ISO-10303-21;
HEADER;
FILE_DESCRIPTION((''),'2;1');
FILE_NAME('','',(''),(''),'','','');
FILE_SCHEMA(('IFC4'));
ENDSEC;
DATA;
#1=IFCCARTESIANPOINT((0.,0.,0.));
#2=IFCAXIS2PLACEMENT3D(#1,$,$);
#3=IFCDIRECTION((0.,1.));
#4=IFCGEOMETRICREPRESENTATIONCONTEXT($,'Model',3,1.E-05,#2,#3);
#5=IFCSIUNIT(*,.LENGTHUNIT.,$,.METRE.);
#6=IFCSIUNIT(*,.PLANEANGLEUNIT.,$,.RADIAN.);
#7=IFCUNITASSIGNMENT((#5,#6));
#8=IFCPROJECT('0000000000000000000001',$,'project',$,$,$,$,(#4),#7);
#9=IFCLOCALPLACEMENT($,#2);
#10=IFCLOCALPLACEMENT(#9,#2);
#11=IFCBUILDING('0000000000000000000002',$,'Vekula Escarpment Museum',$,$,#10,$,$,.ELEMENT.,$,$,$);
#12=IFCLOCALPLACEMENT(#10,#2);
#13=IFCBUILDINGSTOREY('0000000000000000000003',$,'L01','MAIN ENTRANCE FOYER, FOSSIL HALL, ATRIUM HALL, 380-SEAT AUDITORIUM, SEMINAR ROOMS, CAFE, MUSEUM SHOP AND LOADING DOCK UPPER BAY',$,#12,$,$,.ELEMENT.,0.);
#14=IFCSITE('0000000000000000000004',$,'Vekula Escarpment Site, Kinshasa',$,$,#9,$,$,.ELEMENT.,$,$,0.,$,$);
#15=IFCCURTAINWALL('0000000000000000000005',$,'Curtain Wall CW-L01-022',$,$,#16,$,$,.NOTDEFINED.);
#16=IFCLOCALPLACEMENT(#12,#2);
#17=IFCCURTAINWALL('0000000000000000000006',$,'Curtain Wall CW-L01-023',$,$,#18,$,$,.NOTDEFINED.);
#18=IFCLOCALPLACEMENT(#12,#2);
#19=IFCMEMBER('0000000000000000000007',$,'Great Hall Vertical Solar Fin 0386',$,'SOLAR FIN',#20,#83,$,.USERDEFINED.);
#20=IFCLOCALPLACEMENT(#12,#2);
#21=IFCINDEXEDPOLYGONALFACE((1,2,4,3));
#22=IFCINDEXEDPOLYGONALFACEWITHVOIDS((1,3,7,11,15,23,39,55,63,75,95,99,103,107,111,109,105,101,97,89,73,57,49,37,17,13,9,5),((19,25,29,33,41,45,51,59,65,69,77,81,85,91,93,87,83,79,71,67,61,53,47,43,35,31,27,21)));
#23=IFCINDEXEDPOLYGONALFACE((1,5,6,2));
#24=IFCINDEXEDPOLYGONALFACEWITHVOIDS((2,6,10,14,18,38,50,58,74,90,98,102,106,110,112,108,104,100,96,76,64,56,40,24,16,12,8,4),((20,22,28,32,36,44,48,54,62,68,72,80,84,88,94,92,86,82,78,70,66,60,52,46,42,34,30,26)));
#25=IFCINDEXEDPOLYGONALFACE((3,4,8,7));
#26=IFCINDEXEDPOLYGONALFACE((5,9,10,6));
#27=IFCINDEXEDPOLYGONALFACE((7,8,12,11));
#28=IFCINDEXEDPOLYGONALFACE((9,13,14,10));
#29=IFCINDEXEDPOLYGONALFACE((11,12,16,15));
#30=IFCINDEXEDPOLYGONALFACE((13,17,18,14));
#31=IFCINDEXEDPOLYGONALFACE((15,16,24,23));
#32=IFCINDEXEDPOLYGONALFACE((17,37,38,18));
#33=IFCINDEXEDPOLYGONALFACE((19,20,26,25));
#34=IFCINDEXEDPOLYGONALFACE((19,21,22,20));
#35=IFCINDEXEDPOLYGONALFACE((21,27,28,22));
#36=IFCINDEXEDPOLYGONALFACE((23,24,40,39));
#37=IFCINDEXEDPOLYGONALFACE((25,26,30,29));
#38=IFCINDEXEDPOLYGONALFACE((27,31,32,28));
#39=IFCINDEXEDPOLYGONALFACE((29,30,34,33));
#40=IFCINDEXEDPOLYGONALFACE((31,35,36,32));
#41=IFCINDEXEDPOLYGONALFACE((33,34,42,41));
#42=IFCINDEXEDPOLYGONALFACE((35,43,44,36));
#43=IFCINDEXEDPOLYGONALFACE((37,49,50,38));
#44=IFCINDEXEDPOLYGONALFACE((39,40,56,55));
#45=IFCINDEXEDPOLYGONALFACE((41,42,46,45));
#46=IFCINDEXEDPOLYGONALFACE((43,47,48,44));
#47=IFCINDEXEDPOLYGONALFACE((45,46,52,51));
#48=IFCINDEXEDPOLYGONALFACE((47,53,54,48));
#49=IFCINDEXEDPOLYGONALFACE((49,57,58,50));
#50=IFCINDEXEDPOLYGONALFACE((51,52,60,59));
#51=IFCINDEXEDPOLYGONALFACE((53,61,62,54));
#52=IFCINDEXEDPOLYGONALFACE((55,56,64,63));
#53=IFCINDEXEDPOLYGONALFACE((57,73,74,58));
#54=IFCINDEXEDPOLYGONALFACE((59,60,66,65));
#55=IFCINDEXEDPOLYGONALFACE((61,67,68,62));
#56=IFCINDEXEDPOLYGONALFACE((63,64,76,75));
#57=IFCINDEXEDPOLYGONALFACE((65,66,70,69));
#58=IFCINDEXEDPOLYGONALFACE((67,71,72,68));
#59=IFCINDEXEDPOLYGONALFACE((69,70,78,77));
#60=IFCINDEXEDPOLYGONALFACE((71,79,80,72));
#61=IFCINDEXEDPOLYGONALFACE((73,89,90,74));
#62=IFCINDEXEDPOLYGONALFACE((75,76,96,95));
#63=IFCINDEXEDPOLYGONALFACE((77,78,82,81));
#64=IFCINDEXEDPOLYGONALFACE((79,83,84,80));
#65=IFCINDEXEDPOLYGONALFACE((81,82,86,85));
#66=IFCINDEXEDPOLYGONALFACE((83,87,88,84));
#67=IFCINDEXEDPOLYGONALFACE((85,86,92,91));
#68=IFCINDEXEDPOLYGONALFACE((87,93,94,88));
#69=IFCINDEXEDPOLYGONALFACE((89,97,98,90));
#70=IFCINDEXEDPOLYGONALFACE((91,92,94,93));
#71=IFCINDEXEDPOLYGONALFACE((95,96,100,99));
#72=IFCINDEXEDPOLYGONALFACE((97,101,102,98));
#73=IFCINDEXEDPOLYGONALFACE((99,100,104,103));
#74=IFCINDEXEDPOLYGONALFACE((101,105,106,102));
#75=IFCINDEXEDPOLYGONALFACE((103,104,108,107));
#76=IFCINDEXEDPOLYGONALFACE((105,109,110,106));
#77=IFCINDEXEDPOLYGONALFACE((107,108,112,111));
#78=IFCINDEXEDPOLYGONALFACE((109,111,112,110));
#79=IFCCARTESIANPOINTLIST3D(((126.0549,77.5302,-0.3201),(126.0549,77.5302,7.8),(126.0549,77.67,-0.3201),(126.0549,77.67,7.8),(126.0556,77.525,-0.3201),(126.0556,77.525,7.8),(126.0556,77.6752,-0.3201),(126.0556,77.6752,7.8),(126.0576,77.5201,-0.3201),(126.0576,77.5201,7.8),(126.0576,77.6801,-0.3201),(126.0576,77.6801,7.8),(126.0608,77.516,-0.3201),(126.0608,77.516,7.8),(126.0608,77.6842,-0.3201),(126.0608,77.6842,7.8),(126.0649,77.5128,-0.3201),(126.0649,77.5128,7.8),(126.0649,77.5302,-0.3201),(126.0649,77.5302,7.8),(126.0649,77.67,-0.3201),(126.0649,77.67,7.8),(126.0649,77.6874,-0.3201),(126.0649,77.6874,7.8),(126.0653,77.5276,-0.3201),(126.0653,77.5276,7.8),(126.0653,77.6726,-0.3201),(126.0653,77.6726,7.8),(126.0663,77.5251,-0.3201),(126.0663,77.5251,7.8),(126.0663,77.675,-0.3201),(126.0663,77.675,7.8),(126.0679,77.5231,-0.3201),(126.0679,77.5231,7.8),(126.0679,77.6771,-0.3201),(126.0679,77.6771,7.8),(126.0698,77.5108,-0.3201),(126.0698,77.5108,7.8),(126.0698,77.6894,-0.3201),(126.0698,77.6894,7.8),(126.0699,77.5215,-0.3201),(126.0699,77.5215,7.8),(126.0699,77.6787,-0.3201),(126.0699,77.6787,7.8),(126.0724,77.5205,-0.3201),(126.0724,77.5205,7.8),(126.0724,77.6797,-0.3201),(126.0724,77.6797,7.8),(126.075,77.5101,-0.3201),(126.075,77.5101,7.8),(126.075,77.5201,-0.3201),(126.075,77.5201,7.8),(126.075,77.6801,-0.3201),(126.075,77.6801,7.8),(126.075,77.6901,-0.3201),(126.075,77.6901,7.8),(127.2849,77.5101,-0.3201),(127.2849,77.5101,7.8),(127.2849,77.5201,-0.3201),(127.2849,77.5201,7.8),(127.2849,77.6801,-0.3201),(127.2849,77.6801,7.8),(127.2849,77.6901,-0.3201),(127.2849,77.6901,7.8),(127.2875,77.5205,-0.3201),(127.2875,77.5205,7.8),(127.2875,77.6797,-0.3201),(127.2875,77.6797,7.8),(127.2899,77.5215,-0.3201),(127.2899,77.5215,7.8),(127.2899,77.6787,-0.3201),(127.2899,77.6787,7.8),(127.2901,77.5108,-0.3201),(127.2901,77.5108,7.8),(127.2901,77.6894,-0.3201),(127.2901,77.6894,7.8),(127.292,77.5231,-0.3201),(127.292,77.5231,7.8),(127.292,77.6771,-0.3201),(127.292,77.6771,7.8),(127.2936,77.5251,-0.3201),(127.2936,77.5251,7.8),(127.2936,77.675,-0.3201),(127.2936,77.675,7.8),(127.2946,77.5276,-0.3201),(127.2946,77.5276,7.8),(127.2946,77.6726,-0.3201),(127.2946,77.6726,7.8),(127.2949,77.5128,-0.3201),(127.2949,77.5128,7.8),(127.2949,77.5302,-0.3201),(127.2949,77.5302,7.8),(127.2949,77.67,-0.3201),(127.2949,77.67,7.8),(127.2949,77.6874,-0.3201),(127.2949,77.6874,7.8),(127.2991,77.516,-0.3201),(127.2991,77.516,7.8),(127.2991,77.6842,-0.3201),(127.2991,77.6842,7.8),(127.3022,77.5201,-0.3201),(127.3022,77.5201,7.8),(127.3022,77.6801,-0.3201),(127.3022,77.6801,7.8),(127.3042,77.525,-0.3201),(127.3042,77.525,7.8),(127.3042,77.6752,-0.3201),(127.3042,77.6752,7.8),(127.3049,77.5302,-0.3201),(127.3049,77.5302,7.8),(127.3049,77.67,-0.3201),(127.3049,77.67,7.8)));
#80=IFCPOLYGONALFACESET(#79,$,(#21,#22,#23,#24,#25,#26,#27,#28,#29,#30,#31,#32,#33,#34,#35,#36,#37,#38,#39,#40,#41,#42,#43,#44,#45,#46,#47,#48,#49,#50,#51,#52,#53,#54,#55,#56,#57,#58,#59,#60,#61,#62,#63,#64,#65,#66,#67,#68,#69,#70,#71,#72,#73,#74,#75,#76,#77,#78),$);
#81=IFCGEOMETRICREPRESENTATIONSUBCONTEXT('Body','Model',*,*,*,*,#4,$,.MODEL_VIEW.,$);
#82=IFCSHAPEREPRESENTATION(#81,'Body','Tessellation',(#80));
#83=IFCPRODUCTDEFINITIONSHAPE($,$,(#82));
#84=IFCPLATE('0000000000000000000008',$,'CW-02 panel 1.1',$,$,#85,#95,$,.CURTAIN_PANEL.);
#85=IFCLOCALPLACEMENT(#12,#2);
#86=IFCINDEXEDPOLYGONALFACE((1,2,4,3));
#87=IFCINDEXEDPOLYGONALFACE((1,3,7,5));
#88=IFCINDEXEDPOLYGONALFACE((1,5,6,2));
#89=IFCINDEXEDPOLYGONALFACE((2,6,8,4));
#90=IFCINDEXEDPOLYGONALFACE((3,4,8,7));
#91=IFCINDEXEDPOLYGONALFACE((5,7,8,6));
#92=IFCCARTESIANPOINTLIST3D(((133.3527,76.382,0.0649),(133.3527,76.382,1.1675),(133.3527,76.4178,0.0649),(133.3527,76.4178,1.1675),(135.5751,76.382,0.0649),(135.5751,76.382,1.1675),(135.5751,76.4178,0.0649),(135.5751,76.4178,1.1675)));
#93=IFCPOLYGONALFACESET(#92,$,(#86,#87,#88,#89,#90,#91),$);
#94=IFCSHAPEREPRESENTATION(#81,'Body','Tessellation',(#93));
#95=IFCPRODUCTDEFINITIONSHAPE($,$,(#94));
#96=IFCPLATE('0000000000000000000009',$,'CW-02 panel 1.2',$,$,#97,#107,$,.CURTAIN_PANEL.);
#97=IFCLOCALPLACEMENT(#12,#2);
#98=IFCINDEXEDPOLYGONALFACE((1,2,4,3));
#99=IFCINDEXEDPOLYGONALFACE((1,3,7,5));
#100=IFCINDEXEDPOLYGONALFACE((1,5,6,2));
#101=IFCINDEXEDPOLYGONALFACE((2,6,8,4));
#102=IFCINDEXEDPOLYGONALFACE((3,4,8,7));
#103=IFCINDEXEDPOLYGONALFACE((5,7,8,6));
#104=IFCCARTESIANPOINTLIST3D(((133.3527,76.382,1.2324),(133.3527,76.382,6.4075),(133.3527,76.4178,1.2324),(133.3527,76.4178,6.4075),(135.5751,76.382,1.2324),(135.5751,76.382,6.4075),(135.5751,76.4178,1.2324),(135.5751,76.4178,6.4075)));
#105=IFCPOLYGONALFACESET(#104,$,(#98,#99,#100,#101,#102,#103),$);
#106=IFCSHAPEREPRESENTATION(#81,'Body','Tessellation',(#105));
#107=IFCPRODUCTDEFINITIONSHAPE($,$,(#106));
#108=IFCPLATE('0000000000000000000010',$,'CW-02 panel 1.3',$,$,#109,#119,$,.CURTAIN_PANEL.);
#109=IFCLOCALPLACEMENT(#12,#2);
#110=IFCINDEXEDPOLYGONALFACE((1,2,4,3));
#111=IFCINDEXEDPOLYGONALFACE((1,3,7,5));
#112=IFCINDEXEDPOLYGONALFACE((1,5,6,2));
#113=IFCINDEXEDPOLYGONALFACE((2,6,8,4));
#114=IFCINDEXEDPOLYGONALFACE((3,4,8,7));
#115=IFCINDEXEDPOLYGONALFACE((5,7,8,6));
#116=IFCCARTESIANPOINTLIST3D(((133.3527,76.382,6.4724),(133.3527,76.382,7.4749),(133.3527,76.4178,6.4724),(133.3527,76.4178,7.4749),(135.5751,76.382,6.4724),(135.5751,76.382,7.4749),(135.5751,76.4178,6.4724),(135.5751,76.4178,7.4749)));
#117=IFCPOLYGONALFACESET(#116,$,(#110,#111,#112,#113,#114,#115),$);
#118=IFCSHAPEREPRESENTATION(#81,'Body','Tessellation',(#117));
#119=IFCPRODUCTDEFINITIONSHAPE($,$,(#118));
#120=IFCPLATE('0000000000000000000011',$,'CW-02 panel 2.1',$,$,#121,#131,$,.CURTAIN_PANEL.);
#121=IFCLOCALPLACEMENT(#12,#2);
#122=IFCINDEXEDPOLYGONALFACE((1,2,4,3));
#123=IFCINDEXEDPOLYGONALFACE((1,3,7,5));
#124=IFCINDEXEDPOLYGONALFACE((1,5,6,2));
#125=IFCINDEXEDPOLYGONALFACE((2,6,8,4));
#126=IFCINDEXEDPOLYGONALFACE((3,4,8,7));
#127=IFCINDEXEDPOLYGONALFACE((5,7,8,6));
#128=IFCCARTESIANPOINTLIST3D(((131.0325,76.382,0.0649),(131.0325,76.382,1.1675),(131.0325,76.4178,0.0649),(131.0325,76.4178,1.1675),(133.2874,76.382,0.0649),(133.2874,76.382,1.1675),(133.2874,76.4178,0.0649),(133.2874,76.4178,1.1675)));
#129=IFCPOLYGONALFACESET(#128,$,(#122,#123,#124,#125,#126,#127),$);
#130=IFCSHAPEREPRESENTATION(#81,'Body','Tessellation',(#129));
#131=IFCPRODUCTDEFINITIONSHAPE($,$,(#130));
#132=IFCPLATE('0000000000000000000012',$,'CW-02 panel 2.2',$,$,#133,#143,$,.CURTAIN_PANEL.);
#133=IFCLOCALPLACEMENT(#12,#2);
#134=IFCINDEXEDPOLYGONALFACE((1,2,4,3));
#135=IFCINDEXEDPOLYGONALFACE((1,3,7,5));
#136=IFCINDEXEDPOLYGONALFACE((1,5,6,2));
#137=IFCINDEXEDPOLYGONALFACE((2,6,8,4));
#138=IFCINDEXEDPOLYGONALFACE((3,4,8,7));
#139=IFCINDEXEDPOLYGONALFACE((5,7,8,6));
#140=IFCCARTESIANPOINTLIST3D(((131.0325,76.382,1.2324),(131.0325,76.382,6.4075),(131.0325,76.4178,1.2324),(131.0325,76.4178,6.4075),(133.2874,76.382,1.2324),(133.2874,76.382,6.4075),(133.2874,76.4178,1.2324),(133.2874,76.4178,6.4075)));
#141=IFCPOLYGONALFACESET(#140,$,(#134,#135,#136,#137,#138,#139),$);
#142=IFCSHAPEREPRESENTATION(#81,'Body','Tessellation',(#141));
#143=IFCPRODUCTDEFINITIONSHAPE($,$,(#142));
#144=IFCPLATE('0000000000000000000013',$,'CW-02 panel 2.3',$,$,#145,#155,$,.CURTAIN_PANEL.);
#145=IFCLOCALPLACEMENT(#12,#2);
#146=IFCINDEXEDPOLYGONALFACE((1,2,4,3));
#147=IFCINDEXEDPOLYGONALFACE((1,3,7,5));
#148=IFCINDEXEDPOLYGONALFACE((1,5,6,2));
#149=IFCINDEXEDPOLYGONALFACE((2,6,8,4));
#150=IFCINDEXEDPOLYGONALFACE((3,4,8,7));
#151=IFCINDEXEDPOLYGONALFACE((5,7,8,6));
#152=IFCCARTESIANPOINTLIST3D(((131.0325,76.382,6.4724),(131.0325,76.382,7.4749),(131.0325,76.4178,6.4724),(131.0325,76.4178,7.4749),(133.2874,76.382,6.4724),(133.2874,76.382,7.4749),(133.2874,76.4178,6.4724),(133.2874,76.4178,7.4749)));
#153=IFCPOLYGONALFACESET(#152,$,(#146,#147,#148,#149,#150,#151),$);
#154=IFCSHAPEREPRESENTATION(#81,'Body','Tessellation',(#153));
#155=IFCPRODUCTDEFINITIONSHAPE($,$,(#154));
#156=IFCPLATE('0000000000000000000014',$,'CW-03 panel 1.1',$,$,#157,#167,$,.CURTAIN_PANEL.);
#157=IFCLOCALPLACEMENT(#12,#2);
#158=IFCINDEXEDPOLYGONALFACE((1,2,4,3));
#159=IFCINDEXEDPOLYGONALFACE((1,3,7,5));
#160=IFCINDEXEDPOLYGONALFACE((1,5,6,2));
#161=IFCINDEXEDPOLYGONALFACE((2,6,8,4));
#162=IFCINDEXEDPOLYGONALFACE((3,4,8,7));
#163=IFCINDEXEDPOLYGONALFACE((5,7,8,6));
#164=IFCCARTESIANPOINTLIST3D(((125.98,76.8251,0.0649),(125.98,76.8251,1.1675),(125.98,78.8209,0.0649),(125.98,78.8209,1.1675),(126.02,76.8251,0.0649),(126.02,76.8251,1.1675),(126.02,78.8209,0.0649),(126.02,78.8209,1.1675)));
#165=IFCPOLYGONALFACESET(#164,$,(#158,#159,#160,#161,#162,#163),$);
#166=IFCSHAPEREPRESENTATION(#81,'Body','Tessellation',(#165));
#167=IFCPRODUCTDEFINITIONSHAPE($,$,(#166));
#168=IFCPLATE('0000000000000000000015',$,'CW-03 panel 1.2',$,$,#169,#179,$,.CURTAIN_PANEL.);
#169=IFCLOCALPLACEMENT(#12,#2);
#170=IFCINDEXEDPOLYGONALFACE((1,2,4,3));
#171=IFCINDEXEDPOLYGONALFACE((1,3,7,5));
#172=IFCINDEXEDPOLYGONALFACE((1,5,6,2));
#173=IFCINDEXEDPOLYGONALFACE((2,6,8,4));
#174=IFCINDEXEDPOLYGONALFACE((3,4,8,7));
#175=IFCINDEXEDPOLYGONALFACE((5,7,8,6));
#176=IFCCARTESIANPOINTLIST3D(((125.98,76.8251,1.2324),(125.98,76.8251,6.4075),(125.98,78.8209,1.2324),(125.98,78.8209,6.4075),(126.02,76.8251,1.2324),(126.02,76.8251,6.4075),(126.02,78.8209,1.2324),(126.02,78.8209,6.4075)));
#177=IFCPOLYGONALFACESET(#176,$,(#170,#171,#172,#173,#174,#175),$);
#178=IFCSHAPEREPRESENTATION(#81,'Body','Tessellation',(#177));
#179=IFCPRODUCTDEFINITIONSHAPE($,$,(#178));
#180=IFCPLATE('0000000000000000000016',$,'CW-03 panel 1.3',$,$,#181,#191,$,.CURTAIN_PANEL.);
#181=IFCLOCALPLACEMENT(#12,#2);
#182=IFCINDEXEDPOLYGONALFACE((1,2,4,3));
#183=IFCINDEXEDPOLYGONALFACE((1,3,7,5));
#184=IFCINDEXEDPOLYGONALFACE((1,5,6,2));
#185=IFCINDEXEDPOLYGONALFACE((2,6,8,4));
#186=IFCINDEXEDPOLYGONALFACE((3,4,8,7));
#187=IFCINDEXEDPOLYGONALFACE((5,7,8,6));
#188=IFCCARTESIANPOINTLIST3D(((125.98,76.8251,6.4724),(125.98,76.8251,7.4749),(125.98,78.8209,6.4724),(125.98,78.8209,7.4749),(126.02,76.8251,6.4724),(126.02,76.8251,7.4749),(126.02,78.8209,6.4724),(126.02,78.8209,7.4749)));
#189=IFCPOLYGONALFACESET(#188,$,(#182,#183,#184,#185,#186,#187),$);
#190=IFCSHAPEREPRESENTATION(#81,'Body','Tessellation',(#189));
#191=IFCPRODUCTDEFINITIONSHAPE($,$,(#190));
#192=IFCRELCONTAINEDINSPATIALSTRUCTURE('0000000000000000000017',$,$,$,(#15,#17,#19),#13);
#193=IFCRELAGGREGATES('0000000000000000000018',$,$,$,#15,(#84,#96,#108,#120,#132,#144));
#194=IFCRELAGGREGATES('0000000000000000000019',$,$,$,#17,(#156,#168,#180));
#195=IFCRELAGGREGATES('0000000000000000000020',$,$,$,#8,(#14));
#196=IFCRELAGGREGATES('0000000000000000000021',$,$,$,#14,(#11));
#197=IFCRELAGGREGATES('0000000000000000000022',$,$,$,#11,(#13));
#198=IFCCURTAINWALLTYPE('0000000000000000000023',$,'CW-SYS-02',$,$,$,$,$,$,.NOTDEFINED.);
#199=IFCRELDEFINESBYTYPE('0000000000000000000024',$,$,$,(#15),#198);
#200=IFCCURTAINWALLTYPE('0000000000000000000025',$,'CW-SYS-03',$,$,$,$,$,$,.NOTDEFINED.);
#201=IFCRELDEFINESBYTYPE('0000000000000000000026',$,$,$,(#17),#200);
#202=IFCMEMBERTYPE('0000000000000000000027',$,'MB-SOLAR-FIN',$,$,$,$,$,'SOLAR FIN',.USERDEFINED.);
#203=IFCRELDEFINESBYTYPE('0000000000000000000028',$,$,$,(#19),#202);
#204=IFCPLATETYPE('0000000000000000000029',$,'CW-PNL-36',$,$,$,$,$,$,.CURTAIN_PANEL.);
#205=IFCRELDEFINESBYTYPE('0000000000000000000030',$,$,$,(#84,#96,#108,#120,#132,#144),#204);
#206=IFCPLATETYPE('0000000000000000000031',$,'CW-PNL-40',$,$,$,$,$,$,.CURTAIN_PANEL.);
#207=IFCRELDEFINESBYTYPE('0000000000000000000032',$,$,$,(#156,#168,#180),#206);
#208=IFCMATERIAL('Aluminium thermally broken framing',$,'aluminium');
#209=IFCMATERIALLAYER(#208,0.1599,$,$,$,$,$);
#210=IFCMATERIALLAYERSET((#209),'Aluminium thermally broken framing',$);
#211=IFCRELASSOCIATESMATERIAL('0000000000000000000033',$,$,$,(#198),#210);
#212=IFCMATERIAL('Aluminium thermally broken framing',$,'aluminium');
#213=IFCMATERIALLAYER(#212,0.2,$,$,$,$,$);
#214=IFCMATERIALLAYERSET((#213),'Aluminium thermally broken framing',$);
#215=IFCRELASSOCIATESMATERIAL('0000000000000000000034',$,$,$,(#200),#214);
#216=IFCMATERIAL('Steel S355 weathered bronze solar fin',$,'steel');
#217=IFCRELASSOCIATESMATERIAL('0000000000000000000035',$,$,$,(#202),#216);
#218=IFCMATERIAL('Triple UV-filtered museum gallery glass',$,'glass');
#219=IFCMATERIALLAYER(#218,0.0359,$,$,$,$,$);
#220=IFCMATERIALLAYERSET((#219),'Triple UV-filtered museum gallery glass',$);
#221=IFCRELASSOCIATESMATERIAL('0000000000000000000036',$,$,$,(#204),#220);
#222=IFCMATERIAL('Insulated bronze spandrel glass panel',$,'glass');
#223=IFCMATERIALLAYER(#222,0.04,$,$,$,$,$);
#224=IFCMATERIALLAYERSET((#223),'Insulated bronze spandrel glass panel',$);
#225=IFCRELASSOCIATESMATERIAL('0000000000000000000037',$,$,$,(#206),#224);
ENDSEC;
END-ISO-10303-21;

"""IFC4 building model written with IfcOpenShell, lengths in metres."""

from ifc_helpers import new_model, si_unit, direction, frame, origin, origin_2d, place, context, subcontext, project, spatial, rectangle, hollow_rectangle, extrude, material, layer, layer_set, material_profile, profile_set, type_object, element, aggregate, save


model = new_model("IFC4")

# Units and contexts
model_context = context("Model", 3, precision=1e-05, world=origin(), true_north=direction((0.0, 1.0)))
body_context = subcontext(model_context, "Body", "Model", "MODEL_VIEW")
ifc_project = project(units=[si_unit("LENGTHUNIT", "METRE"), si_unit("PLANEANGLEUNIT", "RADIAN")], contexts=[model_context])

# Site, building, storey
site_placement = place(None, origin())
site = spatial("IfcSite", under=ifc_project, at=site_placement, Name="Vekula Escarpment Site, Kinshasa", CompositionType="ELEMENT", RefElevation=0.0)
building_placement = place(site_placement, origin())
building = spatial("IfcBuilding", under=site, at=building_placement, Name="Vekula Escarpment Museum", CompositionType="ELEMENT")
storey_placement = place(building_placement, origin())
storey = spatial("IfcBuildingStorey", under=building, at=storey_placement, Name="L01", Description="MAIN ENTRANCE FOYER, FOSSIL HALL, ATRIUM HALL, 380-SEAT AUDITORIUM, SEMINAR ROOMS, CAFE, MUSEUM SHOP AND LOADING DOCK UPPER BAY", CompositionType="ELEMENT", Elevation=0.0)

# Curtain walls
ifc_material_1 = material(Name="Aluminium thermally broken framing", Category="aluminium")
ifc_layer_1 = layer(ifc_material_1, 0.1599)
ifc_layer_set_1 = layer_set([ifc_layer_1], Name="Aluminium thermally broken framing")
curtain_wall_type_1 = type_object("IfcCurtainWallType", Name="CW-SYS-02", PredefinedType="NOTDEFINED", material=ifc_layer_set_1)
curtain_wall_1_placement = place(storey_placement, origin())
curtain_wall_1 = element("IfcCurtainWall", 1, at=curtain_wall_1_placement, inside=storey, type_object=curtain_wall_type_1, Name="Curtain Wall CW-L01-022", PredefinedType="NOTDEFINED")
ifc_material_2 = material(Name="Aluminium thermally broken framing", Category="aluminium")
ifc_layer_2 = layer(ifc_material_2, 0.2)
ifc_layer_set_2 = layer_set([ifc_layer_2], Name="Aluminium thermally broken framing")
curtain_wall_type_2 = type_object("IfcCurtainWallType", Name="CW-SYS-03", PredefinedType="NOTDEFINED", material=ifc_layer_set_2)
curtain_wall_2_placement = place(storey_placement, origin())
curtain_wall_2 = element("IfcCurtainWall", 2, at=curtain_wall_2_placement, inside=storey, type_object=curtain_wall_type_2, Name="Curtain Wall CW-L01-023", PredefinedType="NOTDEFINED")

# Member
ifc_material_3 = material(Name="Steel S355 weathered bronze solar fin", Category="steel")
ifc_material_profile_1 = material_profile(ifc_material_3, hollow_rectangle(XDim=0.1799, YDim=1.25, WallThickness=0.01, InnerFilletRadius=0.01, OuterFilletRadius=0.02, at=origin_2d()), Name="RHS 1250x180x10")
ifc_profile_set_1 = profile_set([ifc_material_profile_1], Name="Steel S355 weathered bronze solar fin")
member_type_1 = type_object("IfcMemberType", Name="MB-SOLAR-FIN", ElementType="SOLAR FIN", PredefinedType="USERDEFINED", material=ifc_profile_set_1)
member_1_placement = place(storey_placement, frame((126.6799, 77.6001, -0.3201), z_axis=(0.0, 0.0, 1.0), x_axis=(0.0, 1.0, 0.0)))
element("IfcMember", 3, at=member_1_placement, inside=storey, type_object=member_type_1, Name="Great Hall Vertical Solar Fin 0386", ObjectType="SOLAR FIN", PredefinedType="USERDEFINED", context=body_context, shape_type="SweptSolid", body=[
    extrude(hollow_rectangle(XDim=0.1799, YDim=1.25, WallThickness=0.01, InnerFilletRadius=0.01, OuterFilletRadius=0.02, at=origin_2d()), origin(), (0.0, 0.0, 1.0), 8.1201),
])

# Plates
ifc_material_4 = material(Name="Triple UV-filtered museum gallery glass", Category="glass")
ifc_layer_3 = layer(ifc_material_4, 0.0359)
ifc_layer_set_3 = layer_set([ifc_layer_3], Name="Triple UV-filtered museum gallery glass")
plate_type_1 = type_object("IfcPlateType", Name="CW-PNL-36", PredefinedType="CURTAIN_PANEL", material=ifc_layer_set_3)
plate_1_placement = place(storey_placement, frame((134.4639, 76.3999, 0.0649), z_axis=(0.0, 0.0, 1.0), x_axis=(-1.0, 0.0, 0.0)))
plate_1 = element("IfcPlate", 4, at=plate_1_placement, type_object=plate_type_1, Name="CW-02 panel 1.1", PredefinedType="CURTAIN_PANEL", context=body_context, shape_type="SweptSolid", body=[
    extrude(rectangle(XDim=2.2224, YDim=0.0359, at=origin_2d()), origin(), (0.0, 0.0, 1.0), 1.1025),
])
plate_2_placement = place(storey_placement, frame((134.4639, 76.3999, 1.2324), z_axis=(0.0, 0.0, 1.0), x_axis=(-1.0, 0.0, 0.0)))
plate_2 = element("IfcPlate", 5, at=plate_2_placement, type_object=plate_type_1, Name="CW-02 panel 1.2", PredefinedType="CURTAIN_PANEL", context=body_context, shape_type="SweptSolid", body=[
    extrude(rectangle(XDim=2.2224, YDim=0.0359, at=origin_2d()), origin(), (0.0, 0.0, 1.0), 5.175),
])
plate_3_placement = place(storey_placement, frame((134.4639, 76.3999, 6.4724), z_axis=(0.0, 0.0, 1.0), x_axis=(-1.0, 0.0, 0.0)))
plate_3 = element("IfcPlate", 6, at=plate_3_placement, type_object=plate_type_1, Name="CW-02 panel 1.3", PredefinedType="CURTAIN_PANEL", context=body_context, shape_type="SweptSolid", body=[
    extrude(rectangle(XDim=2.2224, YDim=0.0359, at=origin_2d()), origin(), (0.0, 0.0, 1.0), 1.0024),
])
plate_4_placement = place(storey_placement, frame((132.1599, 76.3999, 0.0649), z_axis=(0.0, 0.0, 1.0), x_axis=(-1.0, 0.0, 0.0)))
plate_4 = element("IfcPlate", 7, at=plate_4_placement, type_object=plate_type_1, Name="CW-02 panel 2.1", PredefinedType="CURTAIN_PANEL", context=body_context, shape_type="SweptSolid", body=[
    extrude(rectangle(XDim=2.2549, YDim=0.0359, at=origin_2d()), origin(), (0.0, 0.0, 1.0), 1.1025),
])
plate_5_placement = place(storey_placement, frame((132.1599, 76.3999, 1.2324), z_axis=(0.0, 0.0, 1.0), x_axis=(-1.0, 0.0, 0.0)))
plate_5 = element("IfcPlate", 8, at=plate_5_placement, type_object=plate_type_1, Name="CW-02 panel 2.2", PredefinedType="CURTAIN_PANEL", context=body_context, shape_type="SweptSolid", body=[
    extrude(rectangle(XDim=2.2549, YDim=0.0359, at=origin_2d()), origin(), (0.0, 0.0, 1.0), 5.175),
])
plate_6_placement = place(storey_placement, frame((132.1599, 76.3999, 6.4724), z_axis=(0.0, 0.0, 1.0), x_axis=(-1.0, 0.0, 0.0)))
plate_6 = element("IfcPlate", 9, at=plate_6_placement, type_object=plate_type_1, Name="CW-02 panel 2.3", PredefinedType="CURTAIN_PANEL", context=body_context, shape_type="SweptSolid", body=[
    extrude(rectangle(XDim=2.2549, YDim=0.0359, at=origin_2d()), origin(), (0.0, 0.0, 1.0), 1.0024),
])
aggregate(curtain_wall_1, [plate_1, plate_2, plate_3, plate_4, plate_5, plate_6])
ifc_material_5 = material(Name="Insulated bronze spandrel glass panel", Category="glass")
ifc_layer_4 = layer(ifc_material_5, 0.04)
ifc_layer_set_4 = layer_set([ifc_layer_4], Name="Insulated bronze spandrel glass panel")
plate_type_2 = type_object("IfcPlateType", Name="CW-PNL-40", PredefinedType="CURTAIN_PANEL", material=ifc_layer_set_4)
plate_7_placement = place(storey_placement, frame((126.0, 77.823, 0.0649), z_axis=(0.0, 0.0, 1.0), x_axis=(0.0, 1.0, 0.0)))
plate_7 = element("IfcPlate", 10, at=plate_7_placement, type_object=plate_type_2, Name="CW-03 panel 1.1", PredefinedType="CURTAIN_PANEL", context=body_context, shape_type="SweptSolid", body=[
    extrude(rectangle(XDim=1.9958, YDim=0.04, at=origin_2d()), origin(), (0.0, 0.0, 1.0), 1.1025),
])
plate_8_placement = place(storey_placement, frame((126.0, 77.823, 1.2324), z_axis=(0.0, 0.0, 1.0), x_axis=(0.0, 1.0, 0.0)))
plate_8 = element("IfcPlate", 11, at=plate_8_placement, type_object=plate_type_2, Name="CW-03 panel 1.2", PredefinedType="CURTAIN_PANEL", context=body_context, shape_type="SweptSolid", body=[
    extrude(rectangle(XDim=1.9958, YDim=0.04, at=origin_2d()), origin(), (0.0, 0.0, 1.0), 5.175),
])
plate_9_placement = place(storey_placement, frame((126.0, 77.823, 6.4724), z_axis=(0.0, 0.0, 1.0), x_axis=(0.0, 1.0, 0.0)))
plate_9 = element("IfcPlate", 12, at=plate_9_placement, type_object=plate_type_2, Name="CW-03 panel 1.3", PredefinedType="CURTAIN_PANEL", context=body_context, shape_type="SweptSolid", body=[
    extrude(rectangle(XDim=1.9958, YDim=0.04, at=origin_2d()), origin(), (0.0, 0.0, 1.0), 1.0024),
])
aggregate(curtain_wall_2, [plate_7, plate_8, plate_9])

save(model, "model.ifc")
